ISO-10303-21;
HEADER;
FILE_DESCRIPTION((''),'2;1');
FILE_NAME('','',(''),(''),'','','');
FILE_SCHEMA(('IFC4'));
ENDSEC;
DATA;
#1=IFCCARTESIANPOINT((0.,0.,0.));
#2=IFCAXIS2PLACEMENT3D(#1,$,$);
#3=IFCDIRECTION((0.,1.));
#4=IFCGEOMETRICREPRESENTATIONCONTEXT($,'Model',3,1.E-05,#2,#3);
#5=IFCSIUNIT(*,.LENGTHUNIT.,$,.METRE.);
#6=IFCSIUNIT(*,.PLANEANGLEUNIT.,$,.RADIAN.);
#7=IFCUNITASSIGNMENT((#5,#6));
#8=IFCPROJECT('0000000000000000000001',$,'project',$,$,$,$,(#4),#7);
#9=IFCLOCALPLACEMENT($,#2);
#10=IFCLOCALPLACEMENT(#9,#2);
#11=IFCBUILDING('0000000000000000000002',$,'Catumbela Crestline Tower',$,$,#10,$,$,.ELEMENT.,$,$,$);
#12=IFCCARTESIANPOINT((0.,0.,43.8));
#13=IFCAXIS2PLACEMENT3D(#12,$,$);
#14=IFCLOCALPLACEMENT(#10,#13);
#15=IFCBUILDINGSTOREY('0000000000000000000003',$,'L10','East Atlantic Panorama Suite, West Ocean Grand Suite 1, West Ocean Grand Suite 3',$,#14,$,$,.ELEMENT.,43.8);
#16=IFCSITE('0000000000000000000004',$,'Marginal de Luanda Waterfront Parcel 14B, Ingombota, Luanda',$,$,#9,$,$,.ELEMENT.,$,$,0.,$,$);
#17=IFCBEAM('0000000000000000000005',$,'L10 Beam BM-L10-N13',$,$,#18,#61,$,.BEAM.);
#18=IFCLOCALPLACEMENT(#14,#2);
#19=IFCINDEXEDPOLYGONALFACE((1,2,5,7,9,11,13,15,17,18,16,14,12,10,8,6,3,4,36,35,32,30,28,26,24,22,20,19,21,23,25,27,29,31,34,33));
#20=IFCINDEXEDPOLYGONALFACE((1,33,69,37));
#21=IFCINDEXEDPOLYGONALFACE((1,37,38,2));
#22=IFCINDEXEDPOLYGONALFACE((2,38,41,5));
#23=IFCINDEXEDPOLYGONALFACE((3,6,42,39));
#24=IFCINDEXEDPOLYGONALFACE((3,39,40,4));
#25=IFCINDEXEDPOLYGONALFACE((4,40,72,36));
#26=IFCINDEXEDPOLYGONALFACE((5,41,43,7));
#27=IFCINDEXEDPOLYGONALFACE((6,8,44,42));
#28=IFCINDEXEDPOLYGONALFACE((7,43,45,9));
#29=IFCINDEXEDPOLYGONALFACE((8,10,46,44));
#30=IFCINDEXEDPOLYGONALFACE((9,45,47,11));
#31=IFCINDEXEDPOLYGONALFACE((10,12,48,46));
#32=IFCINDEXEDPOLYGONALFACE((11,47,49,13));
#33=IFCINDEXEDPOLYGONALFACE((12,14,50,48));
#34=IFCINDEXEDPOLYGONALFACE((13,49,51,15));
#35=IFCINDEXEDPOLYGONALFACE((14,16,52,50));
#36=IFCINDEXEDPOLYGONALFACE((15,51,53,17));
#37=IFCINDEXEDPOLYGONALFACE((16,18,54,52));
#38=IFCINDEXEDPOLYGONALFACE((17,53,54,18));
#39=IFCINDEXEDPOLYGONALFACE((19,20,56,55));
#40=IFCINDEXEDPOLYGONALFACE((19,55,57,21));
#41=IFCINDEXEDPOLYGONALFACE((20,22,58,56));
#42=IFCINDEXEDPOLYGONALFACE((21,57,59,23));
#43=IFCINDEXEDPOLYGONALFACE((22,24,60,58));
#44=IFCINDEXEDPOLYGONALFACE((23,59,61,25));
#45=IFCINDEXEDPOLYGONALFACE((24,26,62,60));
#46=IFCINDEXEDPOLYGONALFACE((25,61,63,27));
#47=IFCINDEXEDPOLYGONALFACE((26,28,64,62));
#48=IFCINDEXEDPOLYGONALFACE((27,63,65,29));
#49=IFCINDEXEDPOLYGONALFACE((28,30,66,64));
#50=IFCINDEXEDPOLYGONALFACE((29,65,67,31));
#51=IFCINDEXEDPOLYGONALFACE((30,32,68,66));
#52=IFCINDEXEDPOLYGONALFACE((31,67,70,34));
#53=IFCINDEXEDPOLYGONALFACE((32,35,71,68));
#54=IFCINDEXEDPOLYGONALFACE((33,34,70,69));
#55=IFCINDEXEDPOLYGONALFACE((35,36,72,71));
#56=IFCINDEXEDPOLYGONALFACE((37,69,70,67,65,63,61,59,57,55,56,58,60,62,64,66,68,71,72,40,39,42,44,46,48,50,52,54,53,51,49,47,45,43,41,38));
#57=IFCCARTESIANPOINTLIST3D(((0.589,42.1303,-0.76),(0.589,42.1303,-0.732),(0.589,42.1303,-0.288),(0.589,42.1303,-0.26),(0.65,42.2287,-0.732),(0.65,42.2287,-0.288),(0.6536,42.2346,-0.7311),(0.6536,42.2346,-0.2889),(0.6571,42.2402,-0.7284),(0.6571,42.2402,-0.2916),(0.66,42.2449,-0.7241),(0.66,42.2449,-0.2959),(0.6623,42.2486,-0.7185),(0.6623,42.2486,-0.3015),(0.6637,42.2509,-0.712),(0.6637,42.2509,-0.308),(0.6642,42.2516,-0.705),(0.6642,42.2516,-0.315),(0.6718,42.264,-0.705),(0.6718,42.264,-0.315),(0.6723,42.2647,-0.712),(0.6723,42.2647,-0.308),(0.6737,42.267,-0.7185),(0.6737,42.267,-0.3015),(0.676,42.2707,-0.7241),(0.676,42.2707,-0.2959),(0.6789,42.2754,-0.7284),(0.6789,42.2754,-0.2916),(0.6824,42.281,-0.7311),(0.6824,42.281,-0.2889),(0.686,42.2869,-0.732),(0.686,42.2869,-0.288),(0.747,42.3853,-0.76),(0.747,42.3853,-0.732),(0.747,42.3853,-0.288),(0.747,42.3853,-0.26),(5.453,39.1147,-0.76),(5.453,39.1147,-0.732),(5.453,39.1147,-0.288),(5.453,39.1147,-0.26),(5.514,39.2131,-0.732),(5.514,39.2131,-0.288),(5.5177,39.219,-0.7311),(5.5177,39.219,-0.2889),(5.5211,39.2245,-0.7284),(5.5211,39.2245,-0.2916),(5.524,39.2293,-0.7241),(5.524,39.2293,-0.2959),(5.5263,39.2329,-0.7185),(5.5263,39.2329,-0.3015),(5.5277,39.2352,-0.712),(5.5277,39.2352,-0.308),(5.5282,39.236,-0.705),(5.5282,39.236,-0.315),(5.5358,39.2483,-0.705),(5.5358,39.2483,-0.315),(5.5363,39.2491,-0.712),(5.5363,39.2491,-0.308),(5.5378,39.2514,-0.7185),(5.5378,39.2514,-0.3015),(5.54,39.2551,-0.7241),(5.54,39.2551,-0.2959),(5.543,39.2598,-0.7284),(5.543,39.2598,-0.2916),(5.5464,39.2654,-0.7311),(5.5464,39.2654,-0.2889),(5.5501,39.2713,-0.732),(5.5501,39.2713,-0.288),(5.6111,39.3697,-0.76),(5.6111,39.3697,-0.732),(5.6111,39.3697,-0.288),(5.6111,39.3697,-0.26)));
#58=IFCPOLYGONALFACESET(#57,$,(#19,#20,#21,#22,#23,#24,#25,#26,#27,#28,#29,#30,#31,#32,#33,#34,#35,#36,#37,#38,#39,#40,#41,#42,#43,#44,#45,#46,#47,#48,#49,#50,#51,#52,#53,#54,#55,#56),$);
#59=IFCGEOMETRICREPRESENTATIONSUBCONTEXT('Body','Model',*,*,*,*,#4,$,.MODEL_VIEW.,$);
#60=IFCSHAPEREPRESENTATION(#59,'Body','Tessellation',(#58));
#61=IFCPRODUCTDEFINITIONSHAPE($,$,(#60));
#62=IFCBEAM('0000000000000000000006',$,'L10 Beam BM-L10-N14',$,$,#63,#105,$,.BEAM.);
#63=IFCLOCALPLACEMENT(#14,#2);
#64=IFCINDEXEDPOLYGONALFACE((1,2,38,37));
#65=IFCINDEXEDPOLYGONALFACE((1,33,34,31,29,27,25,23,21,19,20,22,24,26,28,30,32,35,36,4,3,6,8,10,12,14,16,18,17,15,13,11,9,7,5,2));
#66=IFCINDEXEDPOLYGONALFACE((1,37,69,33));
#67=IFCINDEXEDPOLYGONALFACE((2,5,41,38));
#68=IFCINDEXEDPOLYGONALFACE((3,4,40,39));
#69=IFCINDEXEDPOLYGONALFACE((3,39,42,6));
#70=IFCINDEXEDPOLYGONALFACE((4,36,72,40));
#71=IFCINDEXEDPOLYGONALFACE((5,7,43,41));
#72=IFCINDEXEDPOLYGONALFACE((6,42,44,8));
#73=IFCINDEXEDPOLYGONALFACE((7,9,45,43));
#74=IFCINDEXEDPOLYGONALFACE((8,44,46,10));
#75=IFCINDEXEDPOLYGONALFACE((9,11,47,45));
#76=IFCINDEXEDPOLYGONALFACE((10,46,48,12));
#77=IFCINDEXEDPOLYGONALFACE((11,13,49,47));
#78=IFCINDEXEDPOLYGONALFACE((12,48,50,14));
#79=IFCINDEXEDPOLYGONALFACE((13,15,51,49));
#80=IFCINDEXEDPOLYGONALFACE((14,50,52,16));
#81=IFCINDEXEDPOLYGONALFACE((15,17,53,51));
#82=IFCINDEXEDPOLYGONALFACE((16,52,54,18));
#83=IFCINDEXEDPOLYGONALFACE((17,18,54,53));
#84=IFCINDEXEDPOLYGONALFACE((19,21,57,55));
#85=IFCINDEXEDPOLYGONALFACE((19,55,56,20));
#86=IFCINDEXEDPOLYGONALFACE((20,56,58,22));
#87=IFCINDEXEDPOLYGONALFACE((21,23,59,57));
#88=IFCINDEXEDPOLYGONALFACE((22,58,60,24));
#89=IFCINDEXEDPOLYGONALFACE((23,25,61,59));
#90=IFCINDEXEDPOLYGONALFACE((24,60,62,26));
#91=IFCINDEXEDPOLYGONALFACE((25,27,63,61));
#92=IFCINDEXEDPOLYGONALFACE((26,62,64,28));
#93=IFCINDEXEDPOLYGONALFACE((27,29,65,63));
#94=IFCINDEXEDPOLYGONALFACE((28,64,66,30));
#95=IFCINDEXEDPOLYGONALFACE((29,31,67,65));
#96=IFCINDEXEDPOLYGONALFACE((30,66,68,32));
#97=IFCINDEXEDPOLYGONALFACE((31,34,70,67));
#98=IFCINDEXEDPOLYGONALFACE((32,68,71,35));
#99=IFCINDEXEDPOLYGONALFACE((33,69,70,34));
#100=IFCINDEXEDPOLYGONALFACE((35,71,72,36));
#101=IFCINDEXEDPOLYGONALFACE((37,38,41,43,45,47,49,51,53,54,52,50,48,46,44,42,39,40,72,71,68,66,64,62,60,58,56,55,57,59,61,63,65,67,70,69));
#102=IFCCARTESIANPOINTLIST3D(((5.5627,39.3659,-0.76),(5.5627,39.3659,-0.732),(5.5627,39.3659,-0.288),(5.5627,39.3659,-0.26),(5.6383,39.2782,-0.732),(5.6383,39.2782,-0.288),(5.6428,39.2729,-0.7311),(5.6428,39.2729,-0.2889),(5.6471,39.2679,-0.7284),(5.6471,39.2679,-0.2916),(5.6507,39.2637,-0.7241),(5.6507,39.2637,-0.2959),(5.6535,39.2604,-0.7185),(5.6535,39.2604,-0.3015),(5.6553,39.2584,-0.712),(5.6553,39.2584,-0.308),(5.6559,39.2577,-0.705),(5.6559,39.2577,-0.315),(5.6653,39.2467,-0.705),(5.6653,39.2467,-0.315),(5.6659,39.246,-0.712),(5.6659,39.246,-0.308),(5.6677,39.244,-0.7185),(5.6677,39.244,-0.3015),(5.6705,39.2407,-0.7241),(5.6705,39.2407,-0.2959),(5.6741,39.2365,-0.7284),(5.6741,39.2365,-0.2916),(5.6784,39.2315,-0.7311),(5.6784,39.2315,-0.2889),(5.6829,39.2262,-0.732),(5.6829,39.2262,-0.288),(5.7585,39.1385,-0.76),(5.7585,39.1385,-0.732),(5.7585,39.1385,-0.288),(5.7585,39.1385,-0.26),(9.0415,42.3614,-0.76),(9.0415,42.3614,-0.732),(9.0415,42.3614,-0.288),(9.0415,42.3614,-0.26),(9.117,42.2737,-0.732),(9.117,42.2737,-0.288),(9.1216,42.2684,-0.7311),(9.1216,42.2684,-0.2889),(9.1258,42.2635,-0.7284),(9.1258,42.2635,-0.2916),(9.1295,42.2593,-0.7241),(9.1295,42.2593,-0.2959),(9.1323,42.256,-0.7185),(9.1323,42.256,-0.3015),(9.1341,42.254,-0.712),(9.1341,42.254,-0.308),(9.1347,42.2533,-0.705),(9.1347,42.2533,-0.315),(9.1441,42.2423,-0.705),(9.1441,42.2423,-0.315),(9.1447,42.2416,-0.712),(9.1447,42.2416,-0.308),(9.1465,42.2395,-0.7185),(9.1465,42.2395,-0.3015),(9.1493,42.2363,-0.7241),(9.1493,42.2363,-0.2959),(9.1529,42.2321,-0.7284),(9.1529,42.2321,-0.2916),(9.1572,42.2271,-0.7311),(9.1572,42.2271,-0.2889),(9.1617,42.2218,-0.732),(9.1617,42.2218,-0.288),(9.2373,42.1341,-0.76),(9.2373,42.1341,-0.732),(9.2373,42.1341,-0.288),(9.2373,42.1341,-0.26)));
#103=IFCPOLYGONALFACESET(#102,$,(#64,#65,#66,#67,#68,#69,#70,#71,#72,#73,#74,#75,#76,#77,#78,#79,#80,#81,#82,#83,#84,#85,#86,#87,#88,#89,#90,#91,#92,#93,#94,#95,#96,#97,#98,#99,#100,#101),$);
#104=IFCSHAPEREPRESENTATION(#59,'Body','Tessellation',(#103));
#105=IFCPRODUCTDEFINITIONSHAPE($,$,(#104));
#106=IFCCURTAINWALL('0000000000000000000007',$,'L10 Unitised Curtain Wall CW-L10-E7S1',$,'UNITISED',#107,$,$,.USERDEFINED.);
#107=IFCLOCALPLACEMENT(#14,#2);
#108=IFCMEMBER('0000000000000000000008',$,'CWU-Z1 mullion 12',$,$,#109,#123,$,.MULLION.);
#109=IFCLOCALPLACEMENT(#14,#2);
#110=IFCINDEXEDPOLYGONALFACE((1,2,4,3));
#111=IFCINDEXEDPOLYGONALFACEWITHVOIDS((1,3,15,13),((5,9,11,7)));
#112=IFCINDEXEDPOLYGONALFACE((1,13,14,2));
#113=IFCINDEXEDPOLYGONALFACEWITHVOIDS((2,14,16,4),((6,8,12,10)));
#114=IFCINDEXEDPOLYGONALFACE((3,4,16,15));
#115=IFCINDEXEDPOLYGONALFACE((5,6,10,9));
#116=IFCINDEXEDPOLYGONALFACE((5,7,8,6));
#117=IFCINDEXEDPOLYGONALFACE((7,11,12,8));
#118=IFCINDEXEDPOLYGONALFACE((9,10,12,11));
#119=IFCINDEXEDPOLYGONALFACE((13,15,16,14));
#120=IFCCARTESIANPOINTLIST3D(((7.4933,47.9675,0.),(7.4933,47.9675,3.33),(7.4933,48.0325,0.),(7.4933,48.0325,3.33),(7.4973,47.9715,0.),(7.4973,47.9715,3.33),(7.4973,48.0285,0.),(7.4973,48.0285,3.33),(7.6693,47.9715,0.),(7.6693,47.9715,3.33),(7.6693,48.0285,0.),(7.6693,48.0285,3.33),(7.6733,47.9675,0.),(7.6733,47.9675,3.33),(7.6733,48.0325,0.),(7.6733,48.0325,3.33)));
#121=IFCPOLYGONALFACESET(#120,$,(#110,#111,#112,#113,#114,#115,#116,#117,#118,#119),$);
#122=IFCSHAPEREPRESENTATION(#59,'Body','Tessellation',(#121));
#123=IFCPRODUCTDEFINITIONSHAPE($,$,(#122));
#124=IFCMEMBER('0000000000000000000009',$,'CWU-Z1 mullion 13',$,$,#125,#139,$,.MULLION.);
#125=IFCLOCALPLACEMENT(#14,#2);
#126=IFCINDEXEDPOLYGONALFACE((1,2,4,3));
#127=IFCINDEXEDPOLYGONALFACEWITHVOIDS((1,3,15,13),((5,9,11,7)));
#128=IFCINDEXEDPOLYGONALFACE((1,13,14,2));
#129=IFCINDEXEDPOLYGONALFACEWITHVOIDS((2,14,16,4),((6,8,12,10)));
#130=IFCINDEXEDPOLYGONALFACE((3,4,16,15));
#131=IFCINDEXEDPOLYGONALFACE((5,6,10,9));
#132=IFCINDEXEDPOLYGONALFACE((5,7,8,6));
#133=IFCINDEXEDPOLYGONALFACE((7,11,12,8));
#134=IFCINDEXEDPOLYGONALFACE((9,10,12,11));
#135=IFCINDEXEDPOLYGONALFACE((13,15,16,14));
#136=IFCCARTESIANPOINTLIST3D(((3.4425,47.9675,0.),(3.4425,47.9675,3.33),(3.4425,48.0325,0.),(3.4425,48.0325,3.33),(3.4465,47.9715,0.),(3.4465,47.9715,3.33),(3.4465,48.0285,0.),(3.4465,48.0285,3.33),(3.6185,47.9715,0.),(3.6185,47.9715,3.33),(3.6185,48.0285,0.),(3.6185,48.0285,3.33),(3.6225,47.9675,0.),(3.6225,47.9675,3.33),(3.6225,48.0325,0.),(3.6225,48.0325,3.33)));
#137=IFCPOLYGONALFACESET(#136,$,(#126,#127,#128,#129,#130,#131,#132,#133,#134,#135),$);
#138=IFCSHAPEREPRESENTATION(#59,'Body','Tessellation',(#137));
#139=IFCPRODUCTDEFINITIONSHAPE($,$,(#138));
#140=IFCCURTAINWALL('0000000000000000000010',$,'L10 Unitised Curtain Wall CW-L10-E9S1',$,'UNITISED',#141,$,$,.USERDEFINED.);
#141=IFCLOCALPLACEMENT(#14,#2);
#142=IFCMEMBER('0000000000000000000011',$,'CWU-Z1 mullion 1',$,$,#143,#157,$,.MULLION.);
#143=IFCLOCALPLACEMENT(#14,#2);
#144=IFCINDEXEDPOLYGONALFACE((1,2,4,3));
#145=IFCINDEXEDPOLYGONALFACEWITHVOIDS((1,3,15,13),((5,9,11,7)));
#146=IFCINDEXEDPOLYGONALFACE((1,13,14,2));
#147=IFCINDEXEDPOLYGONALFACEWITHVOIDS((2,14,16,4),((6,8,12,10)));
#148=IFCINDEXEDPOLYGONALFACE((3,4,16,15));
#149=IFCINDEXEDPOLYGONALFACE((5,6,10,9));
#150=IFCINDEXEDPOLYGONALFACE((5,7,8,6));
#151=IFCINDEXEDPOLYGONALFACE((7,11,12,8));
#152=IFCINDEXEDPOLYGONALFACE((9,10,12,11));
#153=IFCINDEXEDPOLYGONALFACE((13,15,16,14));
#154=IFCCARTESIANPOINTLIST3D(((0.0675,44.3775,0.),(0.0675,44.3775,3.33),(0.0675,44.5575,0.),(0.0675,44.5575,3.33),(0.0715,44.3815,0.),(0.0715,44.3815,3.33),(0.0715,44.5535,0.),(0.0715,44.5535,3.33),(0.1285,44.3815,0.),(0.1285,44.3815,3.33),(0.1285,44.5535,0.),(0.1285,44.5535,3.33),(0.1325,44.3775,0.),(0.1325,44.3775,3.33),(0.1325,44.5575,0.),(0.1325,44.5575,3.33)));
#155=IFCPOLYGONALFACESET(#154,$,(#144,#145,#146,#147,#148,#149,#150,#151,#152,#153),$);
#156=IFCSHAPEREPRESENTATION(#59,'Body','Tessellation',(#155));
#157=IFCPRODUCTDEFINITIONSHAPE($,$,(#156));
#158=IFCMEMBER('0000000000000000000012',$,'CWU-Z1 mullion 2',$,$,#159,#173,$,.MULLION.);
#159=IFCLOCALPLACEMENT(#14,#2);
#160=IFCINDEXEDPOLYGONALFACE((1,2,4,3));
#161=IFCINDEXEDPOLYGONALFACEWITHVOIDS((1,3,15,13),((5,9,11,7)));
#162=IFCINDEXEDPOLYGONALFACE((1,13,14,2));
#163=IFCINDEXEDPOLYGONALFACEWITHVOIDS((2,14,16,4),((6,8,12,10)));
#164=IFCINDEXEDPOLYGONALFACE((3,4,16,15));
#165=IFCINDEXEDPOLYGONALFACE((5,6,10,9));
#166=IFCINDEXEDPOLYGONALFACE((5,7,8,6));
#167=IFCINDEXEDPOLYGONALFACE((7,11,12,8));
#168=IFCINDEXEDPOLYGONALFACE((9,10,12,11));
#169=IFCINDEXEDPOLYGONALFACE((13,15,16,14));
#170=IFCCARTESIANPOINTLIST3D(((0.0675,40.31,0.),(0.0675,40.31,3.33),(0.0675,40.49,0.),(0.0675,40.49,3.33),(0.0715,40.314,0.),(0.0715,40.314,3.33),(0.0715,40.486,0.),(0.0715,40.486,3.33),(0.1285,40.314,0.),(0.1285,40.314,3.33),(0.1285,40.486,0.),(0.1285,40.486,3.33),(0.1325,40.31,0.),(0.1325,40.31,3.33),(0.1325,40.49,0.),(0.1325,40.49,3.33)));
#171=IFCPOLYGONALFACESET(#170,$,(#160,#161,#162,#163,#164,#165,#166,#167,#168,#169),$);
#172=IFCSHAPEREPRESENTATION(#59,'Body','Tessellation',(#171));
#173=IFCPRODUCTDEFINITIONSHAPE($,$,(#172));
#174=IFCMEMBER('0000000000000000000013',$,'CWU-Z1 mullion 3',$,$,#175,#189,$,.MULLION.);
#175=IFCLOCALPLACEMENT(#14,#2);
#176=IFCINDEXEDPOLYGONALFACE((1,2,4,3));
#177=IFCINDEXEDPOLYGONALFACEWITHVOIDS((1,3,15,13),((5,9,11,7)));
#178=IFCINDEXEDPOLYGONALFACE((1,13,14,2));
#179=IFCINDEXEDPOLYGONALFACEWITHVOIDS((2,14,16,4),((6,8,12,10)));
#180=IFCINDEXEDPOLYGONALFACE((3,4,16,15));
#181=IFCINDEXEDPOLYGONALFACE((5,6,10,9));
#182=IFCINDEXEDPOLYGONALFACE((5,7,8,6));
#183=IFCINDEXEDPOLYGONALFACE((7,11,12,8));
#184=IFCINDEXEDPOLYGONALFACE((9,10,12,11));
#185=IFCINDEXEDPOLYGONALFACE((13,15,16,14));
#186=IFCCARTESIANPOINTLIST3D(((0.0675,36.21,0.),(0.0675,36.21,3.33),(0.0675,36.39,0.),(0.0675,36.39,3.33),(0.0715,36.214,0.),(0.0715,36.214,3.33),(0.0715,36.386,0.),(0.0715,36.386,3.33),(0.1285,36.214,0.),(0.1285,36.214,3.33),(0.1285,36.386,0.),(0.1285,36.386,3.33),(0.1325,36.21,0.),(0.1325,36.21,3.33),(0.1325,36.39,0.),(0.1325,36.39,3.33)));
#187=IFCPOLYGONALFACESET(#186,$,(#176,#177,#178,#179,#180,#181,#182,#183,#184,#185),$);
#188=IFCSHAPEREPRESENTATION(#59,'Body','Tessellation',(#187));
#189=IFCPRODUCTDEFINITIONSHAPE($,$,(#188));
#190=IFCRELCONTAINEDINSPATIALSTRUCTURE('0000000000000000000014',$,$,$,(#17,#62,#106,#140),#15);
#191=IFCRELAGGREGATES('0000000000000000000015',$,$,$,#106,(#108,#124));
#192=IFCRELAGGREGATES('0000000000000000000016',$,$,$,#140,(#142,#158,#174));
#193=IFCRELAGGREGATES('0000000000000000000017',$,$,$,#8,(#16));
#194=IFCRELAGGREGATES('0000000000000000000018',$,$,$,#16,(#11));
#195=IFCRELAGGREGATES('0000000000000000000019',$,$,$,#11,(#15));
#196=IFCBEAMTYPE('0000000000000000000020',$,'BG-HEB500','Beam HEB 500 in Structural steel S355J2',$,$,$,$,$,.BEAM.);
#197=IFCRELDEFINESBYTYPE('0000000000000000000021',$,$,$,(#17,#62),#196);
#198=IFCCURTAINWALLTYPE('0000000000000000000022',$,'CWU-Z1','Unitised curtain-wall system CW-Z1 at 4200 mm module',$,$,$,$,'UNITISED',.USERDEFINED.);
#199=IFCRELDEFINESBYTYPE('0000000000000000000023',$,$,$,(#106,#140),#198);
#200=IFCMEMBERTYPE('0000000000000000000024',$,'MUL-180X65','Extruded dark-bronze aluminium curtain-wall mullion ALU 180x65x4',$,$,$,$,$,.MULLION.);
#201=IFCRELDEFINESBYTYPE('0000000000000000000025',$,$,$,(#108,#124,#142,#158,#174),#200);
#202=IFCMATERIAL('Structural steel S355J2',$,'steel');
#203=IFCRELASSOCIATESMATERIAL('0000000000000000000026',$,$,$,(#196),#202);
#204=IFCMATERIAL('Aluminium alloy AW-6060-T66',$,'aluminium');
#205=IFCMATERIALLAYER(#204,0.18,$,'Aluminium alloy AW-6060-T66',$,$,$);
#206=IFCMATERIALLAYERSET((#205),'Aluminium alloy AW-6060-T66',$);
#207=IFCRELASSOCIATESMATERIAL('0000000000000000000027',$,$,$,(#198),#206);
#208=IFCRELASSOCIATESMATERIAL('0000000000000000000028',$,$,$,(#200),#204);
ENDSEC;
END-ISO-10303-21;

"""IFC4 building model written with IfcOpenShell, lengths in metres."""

from ifc_helpers import new_model, si_unit, direction, frame, origin, origin_2d, place, context, subcontext, project, spatial, hollow_rectangle, i_section, extrude, material, layer, layer_set, material_profile, profile_set, type_object, element, aggregate, save


model = new_model("IFC4")

# Units and contexts
model_context = context("Model", 3, precision=1e-05, world=origin(), true_north=direction((0.0, 1.0)))
body_context = subcontext(model_context, "Body", "Model", "MODEL_VIEW")
ifc_project = project(units=[si_unit("LENGTHUNIT", "METRE"), si_unit("PLANEANGLEUNIT", "RADIAN")], contexts=[model_context])

# Site, building, storey
site_placement = place(None, origin())
site = spatial("IfcSite", under=ifc_project, at=site_placement, Name="Marginal de Luanda Waterfront Parcel 14B, Ingombota, Luanda", CompositionType="ELEMENT", RefElevation=0.0)
building_placement = place(site_placement, origin())
building = spatial("IfcBuilding", under=site, at=building_placement, Name="Catumbela Crestline Tower", CompositionType="ELEMENT")
storey_placement = place(building_placement, frame((0.0, 0.0, 43.8)))
storey = spatial("IfcBuildingStorey", under=building, at=storey_placement, Name="L10", Description="East Atlantic Panorama Suite, West Ocean Grand Suite 1, West Ocean Grand Suite 3", CompositionType="ELEMENT", Elevation=43.8)

# Beams
ifc_material_1 = material(Name="Structural steel S355J2", Category="steel")
ifc_material_profile_1 = material_profile(ifc_material_1, i_section(OverallWidth=0.3, OverallDepth=0.5, WebThickness=0.0145, FlangeThickness=0.028, FilletRadius=0.027, at=origin_2d()), Name="HEB 500")
ifc_profile_set_1 = profile_set([ifc_material_profile_1], Name="Structural steel S355J2")
beam_type_1 = type_object("IfcBeamType", Name="BG-HEB500", Description="Beam HEB 500 in Structural steel S355J2", PredefinedType="BEAM", material=ifc_profile_set_1)
beam_1_placement = place(storey_placement, frame((0.668, 42.2578, -0.51), z_axis=(0.849909, -0.52693, 0.0), x_axis=(0.52693, 0.849909, 0.0)))
element("IfcBeam", 1, at=beam_1_placement, inside=storey, type_object=beam_type_1, Name="L10 Beam BM-L10-N13", PredefinedType="BEAM", context=body_context, shape_type="SweptSolid", body=[
    extrude(i_section(OverallWidth=0.3, OverallDepth=0.5, WebThickness=0.0145, FlangeThickness=0.028, FilletRadius=0.027, at=origin_2d()), origin(), (0.0, 0.0, 1.0), 5.723),
])
beam_2_placement = place(storey_placement, frame((5.6606, 39.2522, -0.51), z_axis=(0.757772, 0.652519, 0.0), x_axis=(-0.652519, 0.757772, 0.0)))
element("IfcBeam", 2, at=beam_2_placement, inside=storey, type_object=beam_type_1, Name="L10 Beam BM-L10-N14", PredefinedType="BEAM", context=body_context, shape_type="SweptSolid", body=[
    extrude(i_section(OverallWidth=0.3, OverallDepth=0.5, WebThickness=0.0145, FlangeThickness=0.028, FilletRadius=0.027, at=origin_2d()), origin(), (0.0, 0.0, 1.0), 4.5908),
])

# Curtain walls, members
ifc_material_2 = material(Name="Aluminium alloy AW-6060-T66", Category="aluminium")
ifc_layer_1 = layer(ifc_material_2, 0.18, Name="Aluminium alloy AW-6060-T66")
ifc_layer_set_1 = layer_set([ifc_layer_1], Name="Aluminium alloy AW-6060-T66")
curtain_wall_type = type_object("IfcCurtainWallType", Name="CWU-Z1", Description="Unitised curtain-wall system CW-Z1 at 4200 mm module", ElementType="UNITISED", PredefinedType="USERDEFINED", material=ifc_layer_set_1)
curtain_wall_1_placement = place(storey_placement, origin())
curtain_wall_1 = element("IfcCurtainWall", 3, at=curtain_wall_1_placement, inside=storey, type_object=curtain_wall_type, Name="L10 Unitised Curtain Wall CW-L10-E7S1", ObjectType="UNITISED", PredefinedType="USERDEFINED")
ifc_material_profile_2 = material_profile(ifc_material_2, hollow_rectangle(XDim=0.065, YDim=0.18, WallThickness=0.004, at=origin_2d()), Name="ALU 180x65x4")
ifc_profile_set_2 = profile_set([ifc_material_profile_2], Name="Aluminium alloy AW-6060-T66")
member_type_1 = type_object("IfcMemberType", Name="MUL-180X65", Description="Extruded dark-bronze aluminium curtain-wall mullion ALU 180x65x4", PredefinedType="MULLION", material=ifc_profile_set_2)
member_1_placement = place(storey_placement, frame((7.5833, 48.0, 0.0), z_axis=(0.0, 0.0, 1.0), x_axis=(0.0, -1.0, 0.0)))
member_1 = element("IfcMember", 4, at=member_1_placement, type_object=member_type_1, Name="CWU-Z1 mullion 12", PredefinedType="MULLION", context=body_context, shape_type="SweptSolid", body=[
    extrude(hollow_rectangle(XDim=0.065, YDim=0.18, WallThickness=0.004, at=origin_2d()), origin(), (0.0, 0.0, 1.0), 3.33),
])
member_2_placement = place(storey_placement, frame((3.5325, 48.0, 0.0), z_axis=(0.0, 0.0, 1.0), x_axis=(0.0, -1.0, 0.0)))
member_2 = element("IfcMember", 5, at=member_2_placement, type_object=member_type_1, Name="CWU-Z1 mullion 13", PredefinedType="MULLION", context=body_context, shape_type="SweptSolid", body=[
    extrude(hollow_rectangle(XDim=0.065, YDim=0.18, WallThickness=0.004, at=origin_2d()), origin(), (0.0, 0.0, 1.0), 3.33),
])
curtain_wall_2_placement = place(storey_placement, origin())
curtain_wall_2 = element("IfcCurtainWall", 6, at=curtain_wall_2_placement, inside=storey, type_object=curtain_wall_type, Name="L10 Unitised Curtain Wall CW-L10-E9S1", ObjectType="UNITISED", PredefinedType="USERDEFINED")
member_3_placement = place(storey_placement, frame((0.1, 44.4675, 0.0), z_axis=(0.0, 0.0, 1.0), x_axis=(1.0, 0.0, 0.0)))
member_3 = element("IfcMember", 7, at=member_3_placement, type_object=member_type_1, Name="CWU-Z1 mullion 1", PredefinedType="MULLION", context=body_context, shape_type="SweptSolid", body=[
    extrude(hollow_rectangle(XDim=0.065, YDim=0.18, WallThickness=0.004, at=origin_2d()), origin(), (0.0, 0.0, 1.0), 3.33),
])
member_4_placement = place(storey_placement, frame((0.1, 40.4, 0.0), z_axis=(0.0, 0.0, 1.0), x_axis=(1.0, 0.0, 0.0)))
member_4 = element("IfcMember", 8, at=member_4_placement, type_object=member_type_1, Name="CWU-Z1 mullion 2", PredefinedType="MULLION", context=body_context, shape_type="SweptSolid", body=[
    extrude(hollow_rectangle(XDim=0.065, YDim=0.18, WallThickness=0.004, at=origin_2d()), origin(), (0.0, 0.0, 1.0), 3.33),
])
member_5_placement = place(storey_placement, frame((0.1, 36.3, 0.0), z_axis=(0.0, 0.0, 1.0), x_axis=(1.0, 0.0, 0.0)))
member_5 = element("IfcMember", 9, at=member_5_placement, type_object=member_type_1, Name="CWU-Z1 mullion 3", PredefinedType="MULLION", context=body_context, shape_type="SweptSolid", body=[
    extrude(hollow_rectangle(XDim=0.065, YDim=0.18, WallThickness=0.004, at=origin_2d()), origin(), (0.0, 0.0, 1.0), 3.33),
])

aggregate(curtain_wall_1, [member_1, member_2])
aggregate(curtain_wall_2, [member_3, member_4, member_5])

save(model, "model.ifc")
